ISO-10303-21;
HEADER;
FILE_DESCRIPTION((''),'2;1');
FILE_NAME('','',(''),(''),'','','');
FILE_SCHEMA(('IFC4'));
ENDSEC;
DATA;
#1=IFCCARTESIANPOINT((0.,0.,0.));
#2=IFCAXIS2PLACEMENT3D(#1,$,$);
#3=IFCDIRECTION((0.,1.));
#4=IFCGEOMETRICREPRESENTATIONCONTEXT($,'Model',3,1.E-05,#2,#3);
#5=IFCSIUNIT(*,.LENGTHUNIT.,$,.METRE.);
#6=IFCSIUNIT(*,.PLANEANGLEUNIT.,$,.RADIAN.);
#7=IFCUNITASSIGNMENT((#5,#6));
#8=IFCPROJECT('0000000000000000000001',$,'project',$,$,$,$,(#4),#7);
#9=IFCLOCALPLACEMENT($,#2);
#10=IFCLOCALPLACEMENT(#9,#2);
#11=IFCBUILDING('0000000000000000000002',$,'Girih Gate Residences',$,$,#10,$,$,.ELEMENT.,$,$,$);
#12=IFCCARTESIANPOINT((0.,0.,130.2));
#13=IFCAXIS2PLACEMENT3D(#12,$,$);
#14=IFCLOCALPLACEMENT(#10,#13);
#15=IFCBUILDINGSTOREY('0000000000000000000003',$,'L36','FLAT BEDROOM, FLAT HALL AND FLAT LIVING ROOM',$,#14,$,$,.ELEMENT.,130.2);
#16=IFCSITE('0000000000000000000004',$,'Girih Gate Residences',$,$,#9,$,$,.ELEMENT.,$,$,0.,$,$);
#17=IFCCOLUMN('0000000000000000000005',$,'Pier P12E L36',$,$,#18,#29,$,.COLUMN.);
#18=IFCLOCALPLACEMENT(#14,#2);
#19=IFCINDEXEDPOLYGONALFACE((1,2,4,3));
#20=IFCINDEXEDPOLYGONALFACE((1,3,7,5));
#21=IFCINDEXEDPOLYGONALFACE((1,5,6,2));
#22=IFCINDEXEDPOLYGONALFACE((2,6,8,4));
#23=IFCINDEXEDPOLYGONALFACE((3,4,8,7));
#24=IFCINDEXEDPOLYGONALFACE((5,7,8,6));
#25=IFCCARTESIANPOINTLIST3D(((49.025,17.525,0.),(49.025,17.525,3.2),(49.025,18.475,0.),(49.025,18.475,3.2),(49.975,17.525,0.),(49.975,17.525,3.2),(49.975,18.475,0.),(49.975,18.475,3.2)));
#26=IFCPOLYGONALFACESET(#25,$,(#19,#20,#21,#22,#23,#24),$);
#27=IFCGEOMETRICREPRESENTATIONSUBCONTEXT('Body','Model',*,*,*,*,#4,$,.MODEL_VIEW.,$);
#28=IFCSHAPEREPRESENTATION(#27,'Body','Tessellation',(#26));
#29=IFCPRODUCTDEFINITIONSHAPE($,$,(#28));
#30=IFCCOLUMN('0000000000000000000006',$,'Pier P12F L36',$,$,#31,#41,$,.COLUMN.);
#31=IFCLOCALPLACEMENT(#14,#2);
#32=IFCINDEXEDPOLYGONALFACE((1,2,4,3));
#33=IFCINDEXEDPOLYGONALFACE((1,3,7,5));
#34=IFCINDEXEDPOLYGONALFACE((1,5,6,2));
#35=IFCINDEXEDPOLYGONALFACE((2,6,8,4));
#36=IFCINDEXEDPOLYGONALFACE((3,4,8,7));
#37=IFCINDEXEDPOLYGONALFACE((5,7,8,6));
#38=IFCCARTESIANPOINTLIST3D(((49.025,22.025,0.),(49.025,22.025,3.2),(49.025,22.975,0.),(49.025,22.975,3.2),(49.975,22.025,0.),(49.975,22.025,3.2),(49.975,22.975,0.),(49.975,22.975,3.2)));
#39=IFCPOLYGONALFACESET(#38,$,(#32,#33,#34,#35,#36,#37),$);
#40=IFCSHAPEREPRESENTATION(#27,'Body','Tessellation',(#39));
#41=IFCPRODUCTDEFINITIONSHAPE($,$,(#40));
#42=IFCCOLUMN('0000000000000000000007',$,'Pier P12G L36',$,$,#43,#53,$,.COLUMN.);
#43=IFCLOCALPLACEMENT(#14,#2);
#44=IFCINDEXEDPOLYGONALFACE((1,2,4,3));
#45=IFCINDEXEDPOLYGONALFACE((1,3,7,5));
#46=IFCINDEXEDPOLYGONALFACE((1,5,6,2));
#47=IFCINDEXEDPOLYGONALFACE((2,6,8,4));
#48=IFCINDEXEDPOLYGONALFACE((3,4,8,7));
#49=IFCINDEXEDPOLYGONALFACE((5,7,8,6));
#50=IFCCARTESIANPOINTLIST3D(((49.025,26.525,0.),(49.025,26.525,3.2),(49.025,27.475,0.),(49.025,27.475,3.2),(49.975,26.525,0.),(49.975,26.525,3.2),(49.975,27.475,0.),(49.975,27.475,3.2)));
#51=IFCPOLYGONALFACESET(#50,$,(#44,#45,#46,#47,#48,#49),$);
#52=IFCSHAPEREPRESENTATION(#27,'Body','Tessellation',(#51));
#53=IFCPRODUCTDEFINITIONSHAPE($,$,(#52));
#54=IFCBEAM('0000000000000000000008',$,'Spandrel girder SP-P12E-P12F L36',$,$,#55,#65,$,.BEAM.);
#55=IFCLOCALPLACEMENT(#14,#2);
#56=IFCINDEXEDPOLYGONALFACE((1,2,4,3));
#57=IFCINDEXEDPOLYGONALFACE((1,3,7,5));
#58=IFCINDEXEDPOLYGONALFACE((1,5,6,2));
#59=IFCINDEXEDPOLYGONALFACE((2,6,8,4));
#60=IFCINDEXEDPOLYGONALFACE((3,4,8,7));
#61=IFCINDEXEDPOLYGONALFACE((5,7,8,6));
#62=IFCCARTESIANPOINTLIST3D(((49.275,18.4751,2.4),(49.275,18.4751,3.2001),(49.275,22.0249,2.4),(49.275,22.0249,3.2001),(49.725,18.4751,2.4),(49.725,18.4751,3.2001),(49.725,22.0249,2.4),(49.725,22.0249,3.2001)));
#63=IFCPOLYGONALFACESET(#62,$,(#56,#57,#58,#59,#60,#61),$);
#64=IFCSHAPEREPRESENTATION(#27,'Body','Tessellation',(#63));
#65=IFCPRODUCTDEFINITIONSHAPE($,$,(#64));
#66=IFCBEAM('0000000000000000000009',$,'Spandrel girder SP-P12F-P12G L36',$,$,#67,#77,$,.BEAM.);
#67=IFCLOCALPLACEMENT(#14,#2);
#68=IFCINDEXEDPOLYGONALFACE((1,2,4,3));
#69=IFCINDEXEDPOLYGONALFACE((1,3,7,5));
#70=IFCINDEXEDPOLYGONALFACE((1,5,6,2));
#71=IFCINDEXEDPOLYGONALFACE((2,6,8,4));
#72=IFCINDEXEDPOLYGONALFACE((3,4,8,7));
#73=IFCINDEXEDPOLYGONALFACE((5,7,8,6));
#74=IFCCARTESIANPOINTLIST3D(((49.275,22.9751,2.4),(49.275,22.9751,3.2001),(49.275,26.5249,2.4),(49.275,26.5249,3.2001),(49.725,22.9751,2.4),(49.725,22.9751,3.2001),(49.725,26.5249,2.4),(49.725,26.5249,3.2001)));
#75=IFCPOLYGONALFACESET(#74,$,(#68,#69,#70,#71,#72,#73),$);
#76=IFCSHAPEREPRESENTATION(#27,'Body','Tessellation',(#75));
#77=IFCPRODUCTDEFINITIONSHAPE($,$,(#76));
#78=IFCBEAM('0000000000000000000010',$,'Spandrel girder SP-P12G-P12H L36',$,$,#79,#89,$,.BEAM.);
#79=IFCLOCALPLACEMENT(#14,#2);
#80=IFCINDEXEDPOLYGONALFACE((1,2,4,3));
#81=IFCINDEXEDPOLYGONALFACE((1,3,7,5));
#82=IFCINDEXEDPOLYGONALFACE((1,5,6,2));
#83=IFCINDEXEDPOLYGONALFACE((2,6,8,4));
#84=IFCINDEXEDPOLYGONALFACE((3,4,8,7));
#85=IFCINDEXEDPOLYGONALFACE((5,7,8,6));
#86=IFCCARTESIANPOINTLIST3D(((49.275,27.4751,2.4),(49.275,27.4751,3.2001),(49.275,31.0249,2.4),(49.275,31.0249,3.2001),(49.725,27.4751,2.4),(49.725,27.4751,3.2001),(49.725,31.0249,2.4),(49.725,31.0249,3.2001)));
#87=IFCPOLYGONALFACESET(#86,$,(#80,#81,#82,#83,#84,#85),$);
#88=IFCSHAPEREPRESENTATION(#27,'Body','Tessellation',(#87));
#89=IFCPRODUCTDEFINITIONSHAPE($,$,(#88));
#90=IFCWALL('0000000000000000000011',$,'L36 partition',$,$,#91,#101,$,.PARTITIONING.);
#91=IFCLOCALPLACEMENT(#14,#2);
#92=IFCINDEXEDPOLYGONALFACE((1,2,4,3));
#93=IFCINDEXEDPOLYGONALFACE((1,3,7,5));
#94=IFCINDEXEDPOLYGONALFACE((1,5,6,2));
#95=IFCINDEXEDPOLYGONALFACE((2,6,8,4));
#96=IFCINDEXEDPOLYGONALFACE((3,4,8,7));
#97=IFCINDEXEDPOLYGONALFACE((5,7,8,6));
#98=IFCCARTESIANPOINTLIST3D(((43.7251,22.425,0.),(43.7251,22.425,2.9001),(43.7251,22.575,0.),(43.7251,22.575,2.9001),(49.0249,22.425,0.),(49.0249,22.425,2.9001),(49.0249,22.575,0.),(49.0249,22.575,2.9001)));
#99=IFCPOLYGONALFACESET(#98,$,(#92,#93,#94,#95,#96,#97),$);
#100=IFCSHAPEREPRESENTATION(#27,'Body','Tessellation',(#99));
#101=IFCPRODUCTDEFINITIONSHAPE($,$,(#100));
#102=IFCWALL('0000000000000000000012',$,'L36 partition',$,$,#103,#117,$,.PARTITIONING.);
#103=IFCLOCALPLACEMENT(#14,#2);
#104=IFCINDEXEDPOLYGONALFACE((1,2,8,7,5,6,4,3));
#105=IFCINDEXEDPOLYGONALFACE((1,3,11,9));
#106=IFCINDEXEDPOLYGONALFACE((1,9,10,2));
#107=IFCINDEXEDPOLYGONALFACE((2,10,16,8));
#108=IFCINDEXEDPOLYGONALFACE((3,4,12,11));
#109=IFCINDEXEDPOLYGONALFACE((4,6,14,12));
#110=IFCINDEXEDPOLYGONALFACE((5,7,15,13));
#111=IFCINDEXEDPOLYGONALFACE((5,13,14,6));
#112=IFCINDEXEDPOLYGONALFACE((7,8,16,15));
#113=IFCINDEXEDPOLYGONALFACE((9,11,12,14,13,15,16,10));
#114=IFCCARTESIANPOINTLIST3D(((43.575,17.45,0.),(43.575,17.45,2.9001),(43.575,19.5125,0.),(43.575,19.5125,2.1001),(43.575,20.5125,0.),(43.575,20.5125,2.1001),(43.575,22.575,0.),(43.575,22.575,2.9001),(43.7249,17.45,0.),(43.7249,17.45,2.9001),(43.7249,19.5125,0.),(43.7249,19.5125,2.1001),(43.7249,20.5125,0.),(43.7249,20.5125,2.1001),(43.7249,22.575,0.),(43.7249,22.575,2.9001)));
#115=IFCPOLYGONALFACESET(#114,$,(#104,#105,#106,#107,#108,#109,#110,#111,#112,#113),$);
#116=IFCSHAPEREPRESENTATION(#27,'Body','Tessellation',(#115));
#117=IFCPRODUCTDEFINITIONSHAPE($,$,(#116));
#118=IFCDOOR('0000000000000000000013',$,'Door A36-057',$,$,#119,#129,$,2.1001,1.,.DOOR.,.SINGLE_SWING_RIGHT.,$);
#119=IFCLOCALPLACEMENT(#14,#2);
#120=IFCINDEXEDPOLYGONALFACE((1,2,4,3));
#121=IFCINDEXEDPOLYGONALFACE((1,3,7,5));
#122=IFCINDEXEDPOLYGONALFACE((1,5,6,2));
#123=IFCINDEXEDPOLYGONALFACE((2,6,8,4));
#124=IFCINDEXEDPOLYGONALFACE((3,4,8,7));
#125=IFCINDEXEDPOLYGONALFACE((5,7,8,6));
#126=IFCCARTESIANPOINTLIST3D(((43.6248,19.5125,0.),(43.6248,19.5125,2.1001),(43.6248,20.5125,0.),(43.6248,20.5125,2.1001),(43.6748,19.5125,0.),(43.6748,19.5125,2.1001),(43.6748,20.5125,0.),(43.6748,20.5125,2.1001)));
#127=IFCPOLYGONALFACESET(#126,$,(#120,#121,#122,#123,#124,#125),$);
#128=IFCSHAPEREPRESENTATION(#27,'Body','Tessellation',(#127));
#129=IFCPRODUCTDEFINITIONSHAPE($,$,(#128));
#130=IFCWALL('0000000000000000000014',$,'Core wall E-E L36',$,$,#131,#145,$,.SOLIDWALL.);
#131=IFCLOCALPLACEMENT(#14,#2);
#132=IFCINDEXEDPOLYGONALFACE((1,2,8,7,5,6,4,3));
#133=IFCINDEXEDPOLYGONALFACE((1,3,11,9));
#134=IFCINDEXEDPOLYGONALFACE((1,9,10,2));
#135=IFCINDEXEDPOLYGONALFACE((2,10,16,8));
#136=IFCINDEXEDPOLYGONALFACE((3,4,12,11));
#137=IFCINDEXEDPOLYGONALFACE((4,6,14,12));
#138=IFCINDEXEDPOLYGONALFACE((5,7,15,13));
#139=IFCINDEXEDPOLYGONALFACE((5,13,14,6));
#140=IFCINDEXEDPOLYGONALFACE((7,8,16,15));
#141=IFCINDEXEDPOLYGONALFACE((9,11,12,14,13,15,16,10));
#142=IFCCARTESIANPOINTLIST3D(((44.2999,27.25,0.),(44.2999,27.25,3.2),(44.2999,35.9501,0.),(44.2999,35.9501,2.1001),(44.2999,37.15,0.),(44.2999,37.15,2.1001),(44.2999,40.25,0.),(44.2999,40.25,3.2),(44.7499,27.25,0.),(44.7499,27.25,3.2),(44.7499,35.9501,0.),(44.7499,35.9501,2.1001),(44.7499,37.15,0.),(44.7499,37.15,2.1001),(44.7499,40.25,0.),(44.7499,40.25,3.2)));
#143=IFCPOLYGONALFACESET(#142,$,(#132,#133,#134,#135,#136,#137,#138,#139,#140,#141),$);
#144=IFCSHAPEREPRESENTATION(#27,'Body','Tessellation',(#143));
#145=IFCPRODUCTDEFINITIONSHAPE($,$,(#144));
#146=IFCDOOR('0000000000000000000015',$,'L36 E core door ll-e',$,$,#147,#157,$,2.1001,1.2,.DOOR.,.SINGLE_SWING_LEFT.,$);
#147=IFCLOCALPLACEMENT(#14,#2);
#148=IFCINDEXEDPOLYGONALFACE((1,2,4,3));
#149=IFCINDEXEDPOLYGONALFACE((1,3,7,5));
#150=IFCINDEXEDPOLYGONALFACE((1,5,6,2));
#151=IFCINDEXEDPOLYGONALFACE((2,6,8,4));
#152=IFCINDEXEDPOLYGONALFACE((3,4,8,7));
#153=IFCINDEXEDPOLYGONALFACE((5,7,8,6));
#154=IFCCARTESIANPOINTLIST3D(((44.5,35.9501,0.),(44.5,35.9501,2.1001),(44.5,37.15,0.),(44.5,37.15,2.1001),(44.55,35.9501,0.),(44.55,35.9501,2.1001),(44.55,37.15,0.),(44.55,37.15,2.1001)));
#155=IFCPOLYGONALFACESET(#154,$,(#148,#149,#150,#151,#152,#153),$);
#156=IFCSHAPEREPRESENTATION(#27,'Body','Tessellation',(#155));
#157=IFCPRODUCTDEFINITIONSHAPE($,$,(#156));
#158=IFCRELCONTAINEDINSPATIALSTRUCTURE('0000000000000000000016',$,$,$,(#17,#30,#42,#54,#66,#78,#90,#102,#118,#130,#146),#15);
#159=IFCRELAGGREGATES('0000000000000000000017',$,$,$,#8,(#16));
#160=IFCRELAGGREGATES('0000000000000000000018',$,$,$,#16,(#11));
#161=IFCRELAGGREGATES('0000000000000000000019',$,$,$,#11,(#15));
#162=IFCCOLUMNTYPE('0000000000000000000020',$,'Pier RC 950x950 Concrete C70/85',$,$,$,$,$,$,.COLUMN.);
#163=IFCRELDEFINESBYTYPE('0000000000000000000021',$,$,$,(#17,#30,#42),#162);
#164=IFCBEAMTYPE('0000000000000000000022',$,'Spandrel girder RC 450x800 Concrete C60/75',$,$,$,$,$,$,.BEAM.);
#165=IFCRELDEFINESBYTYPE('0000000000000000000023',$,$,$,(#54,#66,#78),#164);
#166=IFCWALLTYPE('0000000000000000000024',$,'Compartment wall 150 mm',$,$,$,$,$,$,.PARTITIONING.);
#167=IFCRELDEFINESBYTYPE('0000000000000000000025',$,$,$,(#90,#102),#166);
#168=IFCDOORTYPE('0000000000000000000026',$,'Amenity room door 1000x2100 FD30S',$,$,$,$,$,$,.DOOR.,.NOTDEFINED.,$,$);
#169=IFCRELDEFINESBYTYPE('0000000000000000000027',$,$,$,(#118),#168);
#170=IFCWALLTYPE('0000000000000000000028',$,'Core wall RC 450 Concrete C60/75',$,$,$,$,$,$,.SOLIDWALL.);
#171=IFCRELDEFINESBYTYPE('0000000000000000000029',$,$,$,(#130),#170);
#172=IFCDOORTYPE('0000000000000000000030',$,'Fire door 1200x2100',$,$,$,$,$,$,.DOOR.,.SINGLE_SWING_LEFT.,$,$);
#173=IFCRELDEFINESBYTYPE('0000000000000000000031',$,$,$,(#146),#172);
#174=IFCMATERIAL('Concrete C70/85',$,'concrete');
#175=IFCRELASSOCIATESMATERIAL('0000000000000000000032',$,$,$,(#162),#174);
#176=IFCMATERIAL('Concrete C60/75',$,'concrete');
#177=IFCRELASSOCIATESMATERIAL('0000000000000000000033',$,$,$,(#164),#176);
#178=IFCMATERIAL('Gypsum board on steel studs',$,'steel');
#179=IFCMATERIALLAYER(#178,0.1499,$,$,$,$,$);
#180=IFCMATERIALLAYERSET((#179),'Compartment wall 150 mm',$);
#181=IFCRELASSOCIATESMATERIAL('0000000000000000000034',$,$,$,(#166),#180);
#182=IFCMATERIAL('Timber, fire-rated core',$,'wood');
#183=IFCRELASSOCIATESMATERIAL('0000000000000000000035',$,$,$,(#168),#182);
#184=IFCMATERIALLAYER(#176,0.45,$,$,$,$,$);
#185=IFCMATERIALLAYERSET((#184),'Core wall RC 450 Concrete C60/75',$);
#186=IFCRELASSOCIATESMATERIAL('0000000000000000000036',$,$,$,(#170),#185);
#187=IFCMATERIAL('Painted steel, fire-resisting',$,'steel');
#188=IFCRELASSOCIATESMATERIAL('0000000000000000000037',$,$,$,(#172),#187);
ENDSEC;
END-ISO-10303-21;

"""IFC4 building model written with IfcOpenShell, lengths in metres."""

from ifc_helpers import new_model, si_unit, direction, frame, frame_2d, origin, origin_2d, place, context, subcontext, project, spatial, rectangle, extrude, material, layer, layer_set, material_profile, profile_set, type_object, element, fill, save


model = new_model("IFC4")

# Units and contexts
model_context = context("Model", 3, precision=1e-05, world=origin(), true_north=direction((0.0, 1.0)))
body_context = subcontext(model_context, "Body", "Model", "MODEL_VIEW")
ifc_project = project(units=[si_unit("LENGTHUNIT", "METRE"), si_unit("PLANEANGLEUNIT", "RADIAN")], contexts=[model_context])

# Site, building, storey
site_placement = place(None, origin())
site = spatial("IfcSite", under=ifc_project, at=site_placement, Name="Girih Gate Residences", CompositionType="ELEMENT", RefElevation=0.0)
building_placement = place(site_placement, origin())
building = spatial("IfcBuilding", under=site, at=building_placement, Name="Girih Gate Residences", CompositionType="ELEMENT")
storey_placement = place(building_placement, frame((0.0, 0.0, 130.2)))
storey = spatial("IfcBuildingStorey", under=building, at=storey_placement, Name="L36", Description="FLAT BEDROOM, FLAT HALL AND FLAT LIVING ROOM", CompositionType="ELEMENT", Elevation=130.2)

# Columns
ifc_material_1 = material(Name="Concrete C70/85", Category="concrete")
ifc_material_profile_1 = material_profile(ifc_material_1, rectangle(XDim=0.95, YDim=0.95, at=origin_2d()))
ifc_profile_set_1 = profile_set([ifc_material_profile_1], Name="Concrete C70/85")
column_type = type_object("IfcColumnType", Name="Pier RC 950x950 Concrete C70/85", PredefinedType="COLUMN", material=ifc_profile_set_1)
for number, where, z_axis, x_axis, name in (
    (1, (49.5, 18.0, 0.0), (0.0, 0.0, 1.0), (1.0, 0.0, 0.0), "Pier P12E L36"),
    (2, (49.5, 22.5, 0.0), (0.0, 0.0, 1.0), (1.0, 0.0, 0.0), "Pier P12F L36"),
    (3, (49.5, 27.0, 0.0), (0.0, 0.0, 1.0), (1.0, 0.0, 0.0), "Pier P12G L36"),
):
    element("IfcColumn", number, at=place(storey_placement, frame(where, z_axis=z_axis, x_axis=x_axis)), inside=storey, type_object=column_type, Name=name, PredefinedType="COLUMN", context=body_context, shape_type="SweptSolid", body=[
        extrude(rectangle(XDim=0.95, YDim=0.95, at=origin_2d()), origin(), (0.0, 0.0, 1.0), 3.2),
    ])

# Beams
ifc_material_2 = material(Name="Concrete C60/75", Category="concrete")
ifc_material_profile_2 = material_profile(ifc_material_2, rectangle(XDim=0.45, YDim=0.8, at=origin_2d()))
ifc_profile_set_2 = profile_set([ifc_material_profile_2], Name="Concrete C60/75")
beam_type = type_object("IfcBeamType", Name="Spandrel girder RC 450x800 Concrete C60/75", PredefinedType="BEAM", material=ifc_profile_set_2)
for number, where, z_axis, x_axis, name in (
    (4, (49.5, 18.4751, 2.8), (0.0, 1.0, 0.0), (-1.0, 0.0, 0.0), "Spandrel girder SP-P12E-P12F L36"),
    (5, (49.5, 22.9751, 2.8), (0.0, 1.0, 0.0), (-1.0, 0.0, 0.0), "Spandrel girder SP-P12F-P12G L36"),
    (6, (49.5, 27.4751, 2.8), (0.0, 1.0, 0.0), (-1.0, 0.0, 0.0), "Spandrel girder SP-P12G-P12H L36"),
):
    element("IfcBeam", number, at=place(storey_placement, frame(where, z_axis=z_axis, x_axis=x_axis)), inside=storey, type_object=beam_type, Name=name, PredefinedType="BEAM", context=body_context, shape_type="SweptSolid", body=[
        extrude(rectangle(XDim=0.45, YDim=0.8, at=origin_2d()), origin(), (0.0, 0.0, 1.0), 3.5498),
    ])

# Wall
ifc_material_3 = material(Name="Gypsum board on steel studs", Category="steel")
ifc_layer_1 = layer(ifc_material_3, 0.1499)
ifc_layer_set_1 = layer_set([ifc_layer_1], Name="Compartment wall 150 mm")
wall_type_1 = type_object("IfcWallType", Name="Compartment wall 150 mm", PredefinedType="PARTITIONING", material=ifc_layer_set_1)
wall_1_placement = place(storey_placement, frame((43.7251, 22.5, 0.0), z_axis=(0.0, 0.0, 1.0), x_axis=(1.0, 0.0, 0.0)))
element("IfcWall", 7, at=wall_1_placement, inside=storey, type_object=wall_type_1, Name="L36 partition", PredefinedType="PARTITIONING", context=body_context, shape_type="SweptSolid", body=[
    extrude(rectangle(XDim=5.2998, YDim=0.1499, at=frame_2d((2.6499, 0.0))), origin(), (0.0, 0.0, 1.0), 2.9001),
])

# Walls, openings, doors
wall_2_placement = place(storey_placement, frame((43.6499, 22.575, 0.0), z_axis=(0.0, 0.0, 1.0), x_axis=(0.0, -1.0, 0.0)))
wall_2 = element("IfcWall", 8, at=wall_2_placement, inside=storey, type_object=wall_type_1, Name="L36 partition", PredefinedType="PARTITIONING", context=body_context, shape_type="SweptSolid", body=[
    extrude(rectangle(XDim=5.125, YDim=0.1499, at=frame_2d((2.5625, 0.0))), origin(), (0.0, 0.0, 1.0), 2.9001),
])
opening_1_placement = place(wall_2_placement, frame((2.0625, 0.0, 0.0)))
opening_1 = element("IfcOpeningElement", 9, at=opening_1_placement, cuts=wall_2, PredefinedType="OPENING", context=body_context, shape_type="SweptSolid", body=[
    extrude(rectangle(XDim=1.0, YDim=2.1001, at=frame_2d((0.5, 1.05))), frame((0.0, 0.085, 0.0), z_axis=(0.0, -1.0, 0.0), x_axis=(1.0, 0.0, 0.0)), (0.0, 0.0, 1.0), 0.1699),
])
ifc_material_4 = material(Name="Timber, fire-rated core", Category="wood")
door_type_1 = type_object("IfcDoorType", Name="Amenity room door 1000x2100 FD30S", OperationType="NOTDEFINED", PredefinedType="DOOR", material=ifc_material_4)
door_1_placement = place(opening_1_placement, origin())
door_1 = element("IfcDoor", 10, at=door_1_placement, inside=storey, type_object=door_type_1, Name="Door A36-057", OperationType="SINGLE_SWING_RIGHT", OverallHeight=2.1001, OverallWidth=1.0, PredefinedType="DOOR", context=body_context, shape_type="SweptSolid", body=[
    extrude(rectangle(XDim=1.0, YDim=2.1001, at=frame_2d((0.5, 1.05))), frame((0.0, 0.0249, 0.0), z_axis=(0.0, -1.0, 0.0), x_axis=(1.0, 0.0, 0.0)), (0.0, 0.0, 1.0), 0.05),
])
fill(opening_1, door_1)
ifc_layer_2 = layer(ifc_material_2, 0.45)
ifc_layer_set_2 = layer_set([ifc_layer_2], Name="Core wall RC 450 Concrete C60/75")
wall_type_2 = type_object("IfcWallType", Name="Core wall RC 450 Concrete C60/75", PredefinedType="SOLIDWALL", material=ifc_layer_set_2)
wall_3_placement = place(storey_placement, frame((44.5249, 27.25, 0.0), z_axis=(0.0, 0.0, 1.0), x_axis=(0.0, 1.0, 0.0)))
wall_3 = element("IfcWall", 11, at=wall_3_placement, inside=storey, type_object=wall_type_2, Name="Core wall E-E L36", PredefinedType="SOLIDWALL", context=body_context, shape_type="SweptSolid", body=[
    extrude(rectangle(XDim=13.0, YDim=0.45, at=frame_2d((6.5, 0.0))), origin(), (0.0, 0.0, 1.0), 3.2),
])
opening_2_placement = place(wall_3_placement, frame((8.7, 0.0, 0.0)))
opening_2 = element("IfcOpeningElement", 12, at=opening_2_placement, cuts=wall_3, PredefinedType="OPENING", context=body_context, shape_type="SweptSolid", body=[
    extrude(rectangle(XDim=1.2, YDim=2.1001, at=frame_2d((0.6001, 1.05))), frame((0.0, 0.2349, 0.0), z_axis=(0.0, -1.0, 0.0), x_axis=(1.0, 0.0, 0.0)), (0.0, 0.0, 1.0), 0.47),
])
ifc_material_5 = material(Name="Painted steel, fire-resisting", Category="steel")
door_type_2 = type_object("IfcDoorType", Name="Fire door 1200x2100", OperationType="SINGLE_SWING_LEFT", PredefinedType="DOOR", material=ifc_material_5)
door_2_placement = place(opening_2_placement, origin())
door_2 = element("IfcDoor", 13, at=door_2_placement, inside=storey, type_object=door_type_2, Name="L36 E core door ll-e", OperationType="SINGLE_SWING_LEFT", OverallHeight=2.1001, OverallWidth=1.2, PredefinedType="DOOR", context=body_context, shape_type="SweptSolid", body=[
    extrude(rectangle(XDim=1.2, YDim=2.1001, at=frame_2d((0.6001, 1.05))), frame((0.0, 0.0249, 0.0), z_axis=(0.0, -1.0, 0.0), x_axis=(1.0, 0.0, 0.0)), (0.0, 0.0, 1.0), 0.05),
])
fill(opening_2, door_2)

save(model, "model.ifc")
